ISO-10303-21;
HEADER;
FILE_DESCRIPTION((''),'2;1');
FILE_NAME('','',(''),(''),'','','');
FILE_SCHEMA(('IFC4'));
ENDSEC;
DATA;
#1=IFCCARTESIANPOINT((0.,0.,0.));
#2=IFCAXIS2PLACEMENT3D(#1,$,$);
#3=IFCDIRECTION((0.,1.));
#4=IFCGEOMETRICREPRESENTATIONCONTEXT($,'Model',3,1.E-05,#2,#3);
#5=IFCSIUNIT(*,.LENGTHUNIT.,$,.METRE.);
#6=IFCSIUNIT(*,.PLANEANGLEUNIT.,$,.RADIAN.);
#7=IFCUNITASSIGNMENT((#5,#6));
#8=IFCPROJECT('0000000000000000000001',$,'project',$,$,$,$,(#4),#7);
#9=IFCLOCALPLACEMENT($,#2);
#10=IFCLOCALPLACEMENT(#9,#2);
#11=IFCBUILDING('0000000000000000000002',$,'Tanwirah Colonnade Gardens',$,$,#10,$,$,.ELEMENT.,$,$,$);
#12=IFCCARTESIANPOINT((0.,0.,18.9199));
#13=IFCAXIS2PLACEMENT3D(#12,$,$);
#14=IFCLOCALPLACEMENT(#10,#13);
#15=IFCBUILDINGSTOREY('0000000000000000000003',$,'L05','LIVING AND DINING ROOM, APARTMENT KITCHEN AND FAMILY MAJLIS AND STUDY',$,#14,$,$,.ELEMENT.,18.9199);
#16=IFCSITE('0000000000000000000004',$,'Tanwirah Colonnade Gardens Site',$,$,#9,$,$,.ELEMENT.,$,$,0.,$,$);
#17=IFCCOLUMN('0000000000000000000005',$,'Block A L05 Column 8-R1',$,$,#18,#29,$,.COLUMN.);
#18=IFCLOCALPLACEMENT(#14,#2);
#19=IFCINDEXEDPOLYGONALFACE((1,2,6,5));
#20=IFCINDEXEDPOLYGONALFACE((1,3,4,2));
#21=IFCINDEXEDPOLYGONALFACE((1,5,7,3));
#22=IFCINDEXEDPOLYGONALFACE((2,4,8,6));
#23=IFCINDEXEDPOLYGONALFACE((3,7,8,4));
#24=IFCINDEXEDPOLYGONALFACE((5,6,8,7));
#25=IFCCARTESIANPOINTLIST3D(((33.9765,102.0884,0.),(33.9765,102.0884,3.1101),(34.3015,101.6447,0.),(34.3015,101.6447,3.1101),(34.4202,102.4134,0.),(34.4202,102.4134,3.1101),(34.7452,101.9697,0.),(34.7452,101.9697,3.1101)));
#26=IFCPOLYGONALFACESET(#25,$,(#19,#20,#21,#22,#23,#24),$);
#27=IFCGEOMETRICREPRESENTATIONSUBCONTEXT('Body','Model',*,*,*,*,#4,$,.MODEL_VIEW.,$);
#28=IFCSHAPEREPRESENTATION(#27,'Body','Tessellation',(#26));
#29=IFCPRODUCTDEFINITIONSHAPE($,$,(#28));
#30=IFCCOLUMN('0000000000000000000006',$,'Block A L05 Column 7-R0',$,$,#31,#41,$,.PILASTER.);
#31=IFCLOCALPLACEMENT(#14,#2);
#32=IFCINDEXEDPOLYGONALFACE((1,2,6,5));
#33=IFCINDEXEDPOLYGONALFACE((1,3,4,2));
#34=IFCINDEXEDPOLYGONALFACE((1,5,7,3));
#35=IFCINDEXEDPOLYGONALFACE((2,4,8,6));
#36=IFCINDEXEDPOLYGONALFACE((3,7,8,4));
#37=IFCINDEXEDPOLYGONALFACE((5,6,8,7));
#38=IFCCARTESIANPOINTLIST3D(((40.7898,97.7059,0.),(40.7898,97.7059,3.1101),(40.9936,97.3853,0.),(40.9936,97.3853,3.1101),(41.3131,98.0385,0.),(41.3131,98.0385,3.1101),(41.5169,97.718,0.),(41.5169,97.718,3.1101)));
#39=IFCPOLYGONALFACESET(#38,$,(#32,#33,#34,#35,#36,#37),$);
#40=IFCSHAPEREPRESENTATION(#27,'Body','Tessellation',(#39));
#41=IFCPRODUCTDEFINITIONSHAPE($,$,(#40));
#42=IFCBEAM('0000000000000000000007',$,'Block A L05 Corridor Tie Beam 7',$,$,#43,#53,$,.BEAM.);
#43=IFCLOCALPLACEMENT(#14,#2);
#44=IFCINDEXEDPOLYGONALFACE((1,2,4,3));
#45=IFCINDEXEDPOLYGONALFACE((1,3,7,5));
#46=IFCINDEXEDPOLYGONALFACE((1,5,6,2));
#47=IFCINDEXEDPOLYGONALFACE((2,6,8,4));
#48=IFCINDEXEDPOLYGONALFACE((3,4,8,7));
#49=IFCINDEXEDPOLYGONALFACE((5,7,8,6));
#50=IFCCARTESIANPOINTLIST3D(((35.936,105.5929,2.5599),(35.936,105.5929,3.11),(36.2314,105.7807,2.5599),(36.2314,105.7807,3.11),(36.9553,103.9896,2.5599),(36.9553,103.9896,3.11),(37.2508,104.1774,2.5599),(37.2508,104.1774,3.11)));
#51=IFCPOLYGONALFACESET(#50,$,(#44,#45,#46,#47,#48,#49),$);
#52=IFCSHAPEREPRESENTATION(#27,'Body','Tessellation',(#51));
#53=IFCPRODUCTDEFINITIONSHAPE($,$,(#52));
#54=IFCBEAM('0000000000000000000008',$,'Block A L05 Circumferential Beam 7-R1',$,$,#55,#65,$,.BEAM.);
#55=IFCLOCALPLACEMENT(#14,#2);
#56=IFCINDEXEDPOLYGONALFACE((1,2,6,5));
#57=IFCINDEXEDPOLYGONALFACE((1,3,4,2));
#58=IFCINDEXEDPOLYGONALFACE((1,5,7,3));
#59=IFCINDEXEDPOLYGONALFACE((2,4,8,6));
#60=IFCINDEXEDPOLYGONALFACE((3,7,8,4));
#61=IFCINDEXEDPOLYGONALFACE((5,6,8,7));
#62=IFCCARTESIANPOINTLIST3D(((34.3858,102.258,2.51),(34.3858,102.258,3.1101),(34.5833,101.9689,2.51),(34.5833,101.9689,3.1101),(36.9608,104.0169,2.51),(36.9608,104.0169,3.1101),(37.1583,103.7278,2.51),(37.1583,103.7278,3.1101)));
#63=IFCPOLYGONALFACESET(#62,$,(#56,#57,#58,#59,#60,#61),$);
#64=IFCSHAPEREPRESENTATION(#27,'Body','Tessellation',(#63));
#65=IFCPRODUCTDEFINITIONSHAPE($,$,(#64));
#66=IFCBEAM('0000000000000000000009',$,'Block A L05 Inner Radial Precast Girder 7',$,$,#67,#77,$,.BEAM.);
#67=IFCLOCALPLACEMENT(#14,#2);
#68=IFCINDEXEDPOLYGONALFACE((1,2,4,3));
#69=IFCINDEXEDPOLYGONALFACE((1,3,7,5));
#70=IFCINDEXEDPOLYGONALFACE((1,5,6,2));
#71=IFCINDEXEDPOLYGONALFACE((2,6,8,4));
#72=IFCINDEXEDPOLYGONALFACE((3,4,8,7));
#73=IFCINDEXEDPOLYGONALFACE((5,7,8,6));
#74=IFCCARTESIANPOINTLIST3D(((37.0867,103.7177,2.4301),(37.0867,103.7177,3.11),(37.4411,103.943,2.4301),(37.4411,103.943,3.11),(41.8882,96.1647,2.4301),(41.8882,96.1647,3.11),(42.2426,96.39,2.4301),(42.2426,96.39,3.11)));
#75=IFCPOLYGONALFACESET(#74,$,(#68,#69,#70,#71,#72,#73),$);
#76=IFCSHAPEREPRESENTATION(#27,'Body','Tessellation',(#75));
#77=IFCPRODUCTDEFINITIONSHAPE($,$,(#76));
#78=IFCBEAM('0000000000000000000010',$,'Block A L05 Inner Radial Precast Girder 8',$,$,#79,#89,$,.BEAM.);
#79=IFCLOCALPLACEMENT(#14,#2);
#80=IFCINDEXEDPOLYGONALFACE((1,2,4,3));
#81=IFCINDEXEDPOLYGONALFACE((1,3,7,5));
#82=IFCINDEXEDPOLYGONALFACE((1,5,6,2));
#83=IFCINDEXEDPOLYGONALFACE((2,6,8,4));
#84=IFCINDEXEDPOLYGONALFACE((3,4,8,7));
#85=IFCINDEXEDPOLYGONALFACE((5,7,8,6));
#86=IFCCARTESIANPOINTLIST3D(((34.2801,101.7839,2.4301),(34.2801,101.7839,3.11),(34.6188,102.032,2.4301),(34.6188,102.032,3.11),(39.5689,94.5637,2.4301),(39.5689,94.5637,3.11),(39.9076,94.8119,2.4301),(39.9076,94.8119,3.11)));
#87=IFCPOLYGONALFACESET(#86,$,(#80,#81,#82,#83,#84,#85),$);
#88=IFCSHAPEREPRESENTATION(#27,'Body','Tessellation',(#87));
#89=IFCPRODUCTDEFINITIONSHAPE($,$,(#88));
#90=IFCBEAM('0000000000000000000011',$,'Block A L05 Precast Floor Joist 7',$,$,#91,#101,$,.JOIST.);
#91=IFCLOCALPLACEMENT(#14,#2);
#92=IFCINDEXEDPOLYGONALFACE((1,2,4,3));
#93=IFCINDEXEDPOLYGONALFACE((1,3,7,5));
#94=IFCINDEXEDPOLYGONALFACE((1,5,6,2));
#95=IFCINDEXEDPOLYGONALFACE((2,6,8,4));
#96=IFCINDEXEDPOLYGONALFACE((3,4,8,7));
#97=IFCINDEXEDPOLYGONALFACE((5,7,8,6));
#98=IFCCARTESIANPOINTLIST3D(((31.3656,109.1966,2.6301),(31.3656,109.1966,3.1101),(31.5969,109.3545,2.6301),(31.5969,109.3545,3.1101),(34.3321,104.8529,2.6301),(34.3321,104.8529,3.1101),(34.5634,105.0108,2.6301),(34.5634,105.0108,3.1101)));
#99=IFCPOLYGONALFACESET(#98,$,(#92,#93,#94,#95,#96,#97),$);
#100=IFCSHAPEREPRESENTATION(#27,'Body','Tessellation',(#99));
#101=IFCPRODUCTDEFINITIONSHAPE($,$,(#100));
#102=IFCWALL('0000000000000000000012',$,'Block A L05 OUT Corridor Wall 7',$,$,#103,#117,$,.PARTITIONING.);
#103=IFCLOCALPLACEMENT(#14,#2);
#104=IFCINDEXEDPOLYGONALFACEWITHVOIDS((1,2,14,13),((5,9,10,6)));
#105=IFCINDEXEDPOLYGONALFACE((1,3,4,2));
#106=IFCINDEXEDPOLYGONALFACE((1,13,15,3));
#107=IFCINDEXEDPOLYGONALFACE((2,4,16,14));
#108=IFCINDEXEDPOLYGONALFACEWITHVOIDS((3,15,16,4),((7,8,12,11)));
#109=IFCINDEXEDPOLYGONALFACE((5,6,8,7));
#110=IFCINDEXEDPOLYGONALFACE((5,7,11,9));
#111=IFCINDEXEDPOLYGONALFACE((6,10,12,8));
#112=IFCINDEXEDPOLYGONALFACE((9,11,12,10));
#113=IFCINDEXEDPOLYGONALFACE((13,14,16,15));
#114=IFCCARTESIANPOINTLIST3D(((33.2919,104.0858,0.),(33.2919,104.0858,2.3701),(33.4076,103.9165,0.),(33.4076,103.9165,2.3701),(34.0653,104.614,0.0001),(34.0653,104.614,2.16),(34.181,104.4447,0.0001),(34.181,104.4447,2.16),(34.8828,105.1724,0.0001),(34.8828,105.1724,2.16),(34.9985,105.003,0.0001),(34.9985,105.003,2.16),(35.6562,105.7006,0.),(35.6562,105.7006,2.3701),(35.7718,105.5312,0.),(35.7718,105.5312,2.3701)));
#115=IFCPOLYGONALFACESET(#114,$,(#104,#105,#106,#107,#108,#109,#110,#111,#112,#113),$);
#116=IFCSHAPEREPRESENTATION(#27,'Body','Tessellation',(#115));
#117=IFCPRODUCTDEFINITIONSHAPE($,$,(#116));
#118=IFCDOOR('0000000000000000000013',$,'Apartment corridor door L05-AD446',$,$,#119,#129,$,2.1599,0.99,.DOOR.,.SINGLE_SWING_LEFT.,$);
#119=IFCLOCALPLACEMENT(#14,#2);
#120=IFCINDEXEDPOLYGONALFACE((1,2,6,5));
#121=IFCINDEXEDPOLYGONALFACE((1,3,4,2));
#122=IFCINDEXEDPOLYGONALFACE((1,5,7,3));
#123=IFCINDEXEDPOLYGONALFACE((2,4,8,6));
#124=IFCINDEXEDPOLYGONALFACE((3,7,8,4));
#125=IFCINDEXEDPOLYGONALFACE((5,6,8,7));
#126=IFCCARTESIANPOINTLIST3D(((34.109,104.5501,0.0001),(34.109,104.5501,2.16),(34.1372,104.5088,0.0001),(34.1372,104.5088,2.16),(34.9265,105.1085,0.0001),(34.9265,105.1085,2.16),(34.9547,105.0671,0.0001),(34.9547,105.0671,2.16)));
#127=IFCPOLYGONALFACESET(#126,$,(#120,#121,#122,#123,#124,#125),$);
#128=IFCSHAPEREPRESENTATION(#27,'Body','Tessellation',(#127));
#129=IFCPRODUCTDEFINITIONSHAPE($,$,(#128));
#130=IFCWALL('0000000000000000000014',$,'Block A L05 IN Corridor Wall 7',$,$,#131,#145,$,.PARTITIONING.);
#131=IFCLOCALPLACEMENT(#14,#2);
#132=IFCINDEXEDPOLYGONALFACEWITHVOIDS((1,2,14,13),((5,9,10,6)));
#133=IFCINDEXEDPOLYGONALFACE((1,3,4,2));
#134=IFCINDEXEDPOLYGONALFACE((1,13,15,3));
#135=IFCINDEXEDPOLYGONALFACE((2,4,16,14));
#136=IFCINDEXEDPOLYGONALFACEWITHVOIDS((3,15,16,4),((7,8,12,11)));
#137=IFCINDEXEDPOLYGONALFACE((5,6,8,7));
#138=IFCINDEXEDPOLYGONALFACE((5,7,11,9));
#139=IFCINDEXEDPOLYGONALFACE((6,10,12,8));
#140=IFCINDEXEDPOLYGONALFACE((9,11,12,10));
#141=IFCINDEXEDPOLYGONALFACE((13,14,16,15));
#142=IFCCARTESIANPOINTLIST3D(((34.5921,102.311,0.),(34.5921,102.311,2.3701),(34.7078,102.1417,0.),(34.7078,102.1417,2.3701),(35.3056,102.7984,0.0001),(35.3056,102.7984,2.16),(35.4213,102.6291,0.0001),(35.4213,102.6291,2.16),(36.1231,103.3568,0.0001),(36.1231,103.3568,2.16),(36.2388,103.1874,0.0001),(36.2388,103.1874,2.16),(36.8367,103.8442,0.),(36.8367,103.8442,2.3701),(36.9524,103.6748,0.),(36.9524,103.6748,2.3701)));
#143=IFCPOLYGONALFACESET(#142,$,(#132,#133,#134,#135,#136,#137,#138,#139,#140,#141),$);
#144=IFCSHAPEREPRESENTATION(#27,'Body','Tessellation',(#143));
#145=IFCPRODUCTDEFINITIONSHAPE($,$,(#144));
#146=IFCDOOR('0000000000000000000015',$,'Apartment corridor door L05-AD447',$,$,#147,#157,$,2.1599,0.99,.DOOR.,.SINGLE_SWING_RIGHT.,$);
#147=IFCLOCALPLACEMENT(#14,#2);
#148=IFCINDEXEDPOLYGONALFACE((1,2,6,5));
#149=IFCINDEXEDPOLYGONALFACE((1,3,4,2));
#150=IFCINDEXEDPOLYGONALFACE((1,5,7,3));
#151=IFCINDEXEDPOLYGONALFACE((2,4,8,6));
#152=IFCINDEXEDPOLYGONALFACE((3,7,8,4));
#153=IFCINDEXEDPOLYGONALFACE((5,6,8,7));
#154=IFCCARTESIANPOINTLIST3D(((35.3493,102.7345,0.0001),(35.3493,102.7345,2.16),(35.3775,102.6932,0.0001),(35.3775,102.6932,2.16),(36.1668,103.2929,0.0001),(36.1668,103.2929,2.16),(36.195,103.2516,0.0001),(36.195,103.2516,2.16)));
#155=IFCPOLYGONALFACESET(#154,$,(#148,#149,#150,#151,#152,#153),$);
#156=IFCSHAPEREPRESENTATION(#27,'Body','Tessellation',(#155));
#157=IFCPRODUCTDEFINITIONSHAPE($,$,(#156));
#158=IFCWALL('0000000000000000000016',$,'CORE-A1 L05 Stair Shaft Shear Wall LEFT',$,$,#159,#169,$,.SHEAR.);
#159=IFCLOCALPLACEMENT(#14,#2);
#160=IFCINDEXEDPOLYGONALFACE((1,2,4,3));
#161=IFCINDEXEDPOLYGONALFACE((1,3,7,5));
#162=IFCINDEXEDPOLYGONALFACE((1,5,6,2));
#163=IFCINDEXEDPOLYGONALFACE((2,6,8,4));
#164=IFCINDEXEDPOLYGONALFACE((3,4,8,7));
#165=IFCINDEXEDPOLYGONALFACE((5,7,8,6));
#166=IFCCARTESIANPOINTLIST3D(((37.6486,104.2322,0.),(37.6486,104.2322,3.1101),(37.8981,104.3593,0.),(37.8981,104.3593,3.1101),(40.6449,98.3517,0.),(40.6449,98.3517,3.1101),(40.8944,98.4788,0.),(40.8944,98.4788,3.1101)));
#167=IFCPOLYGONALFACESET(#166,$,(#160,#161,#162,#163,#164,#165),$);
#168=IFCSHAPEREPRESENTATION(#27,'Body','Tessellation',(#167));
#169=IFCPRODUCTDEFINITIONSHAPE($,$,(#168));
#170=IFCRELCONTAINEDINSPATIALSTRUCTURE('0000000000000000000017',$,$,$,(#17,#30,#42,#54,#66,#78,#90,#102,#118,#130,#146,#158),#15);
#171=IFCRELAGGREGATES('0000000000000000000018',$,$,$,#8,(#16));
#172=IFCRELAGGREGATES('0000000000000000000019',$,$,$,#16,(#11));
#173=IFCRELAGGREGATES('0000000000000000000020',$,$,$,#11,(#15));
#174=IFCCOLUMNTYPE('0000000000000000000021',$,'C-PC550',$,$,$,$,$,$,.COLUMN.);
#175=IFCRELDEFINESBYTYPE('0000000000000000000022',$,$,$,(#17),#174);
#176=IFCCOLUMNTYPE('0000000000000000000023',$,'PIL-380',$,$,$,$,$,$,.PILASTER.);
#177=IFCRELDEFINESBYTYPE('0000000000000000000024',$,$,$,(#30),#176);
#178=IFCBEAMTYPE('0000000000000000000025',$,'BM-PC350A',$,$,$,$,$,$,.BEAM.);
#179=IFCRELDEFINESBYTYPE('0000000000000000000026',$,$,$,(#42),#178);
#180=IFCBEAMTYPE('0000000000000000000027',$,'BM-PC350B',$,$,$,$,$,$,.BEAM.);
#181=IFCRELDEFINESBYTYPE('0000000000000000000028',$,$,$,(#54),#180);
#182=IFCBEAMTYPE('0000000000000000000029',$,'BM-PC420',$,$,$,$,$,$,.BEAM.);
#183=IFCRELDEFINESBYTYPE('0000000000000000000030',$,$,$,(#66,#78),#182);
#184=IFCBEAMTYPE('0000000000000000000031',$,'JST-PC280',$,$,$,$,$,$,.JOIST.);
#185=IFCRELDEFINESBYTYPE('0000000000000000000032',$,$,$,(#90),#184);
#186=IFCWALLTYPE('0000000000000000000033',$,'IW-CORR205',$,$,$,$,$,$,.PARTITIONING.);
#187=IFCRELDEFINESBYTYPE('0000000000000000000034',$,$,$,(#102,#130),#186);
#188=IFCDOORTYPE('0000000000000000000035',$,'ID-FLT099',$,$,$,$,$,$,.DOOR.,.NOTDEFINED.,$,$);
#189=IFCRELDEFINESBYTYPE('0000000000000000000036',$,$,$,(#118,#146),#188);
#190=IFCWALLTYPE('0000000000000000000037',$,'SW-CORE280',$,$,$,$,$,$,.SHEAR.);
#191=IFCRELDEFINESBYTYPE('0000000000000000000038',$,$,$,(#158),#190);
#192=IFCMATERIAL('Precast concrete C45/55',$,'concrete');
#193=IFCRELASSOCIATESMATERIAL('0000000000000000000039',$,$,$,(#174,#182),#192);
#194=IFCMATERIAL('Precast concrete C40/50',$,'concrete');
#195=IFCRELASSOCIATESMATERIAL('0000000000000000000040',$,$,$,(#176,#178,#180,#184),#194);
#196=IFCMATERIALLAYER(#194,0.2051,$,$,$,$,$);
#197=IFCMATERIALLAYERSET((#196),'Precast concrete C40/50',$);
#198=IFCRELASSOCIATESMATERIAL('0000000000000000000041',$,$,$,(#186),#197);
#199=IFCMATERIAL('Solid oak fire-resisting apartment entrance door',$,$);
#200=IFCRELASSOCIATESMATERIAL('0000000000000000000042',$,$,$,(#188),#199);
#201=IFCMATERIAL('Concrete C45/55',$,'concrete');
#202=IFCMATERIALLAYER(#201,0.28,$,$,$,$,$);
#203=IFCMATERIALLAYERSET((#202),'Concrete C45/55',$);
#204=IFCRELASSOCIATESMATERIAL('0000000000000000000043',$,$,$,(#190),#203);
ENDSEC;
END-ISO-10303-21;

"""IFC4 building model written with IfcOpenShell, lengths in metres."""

from ifc_helpers import new_model, si_unit, direction, frame, frame_2d, origin, origin_2d, place, context, subcontext, project, spatial, rectangle, extrude, material, layer, layer_set, material_profile, profile_set, type_object, element, fill, save


model = new_model("IFC4")

# Units and contexts
model_context = context("Model", 3, precision=1e-05, world=origin(), true_north=direction((0.0, 1.0)))
body_context = subcontext(model_context, "Body", "Model", "MODEL_VIEW")
ifc_project = project(units=[si_unit("LENGTHUNIT", "METRE"), si_unit("PLANEANGLEUNIT", "RADIAN")], contexts=[model_context])

# Site, building, storey
site_placement = place(None, origin())
site = spatial("IfcSite", under=ifc_project, at=site_placement, Name="Tanwirah Colonnade Gardens Site", CompositionType="ELEMENT", RefElevation=0.0)
building_placement = place(site_placement, origin())
building = spatial("IfcBuilding", under=site, at=building_placement, Name="Tanwirah Colonnade Gardens", CompositionType="ELEMENT")
storey_placement = place(building_placement, frame((0.0, 0.0, 18.9199)))
storey = spatial("IfcBuildingStorey", under=building, at=storey_placement, Name="L05", Description="LIVING AND DINING ROOM, APARTMENT KITCHEN AND FAMILY MAJLIS AND STUDY", CompositionType="ELEMENT", Elevation=18.9199)

# Columns
ifc_material_1 = material(Name="Precast concrete C45/55", Category="concrete")
ifc_material_profile_1 = material_profile(ifc_material_1, rectangle(XDim=0.55, YDim=0.55, at=origin_2d()), Name="PC-COL 550x550")
ifc_profile_set_1 = profile_set([ifc_material_profile_1], Name="Precast concrete C45/55")
column_type_1 = type_object("IfcColumnType", Name="C-PC550", PredefinedType="COLUMN", material=ifc_profile_set_1)
column_1_placement = place(storey_placement, frame((34.3608, 102.0291, 0.0), z_axis=(0.0, 0.0, 1.0), x_axis=(-0.590919, 0.806731, 0.0)))
element("IfcColumn", 1, at=column_1_placement, inside=storey, type_object=column_type_1, Name="Block A L05 Column 8-R1", PredefinedType="COLUMN", context=body_context, shape_type="SweptSolid", body=[
    extrude(rectangle(XDim=0.55, YDim=0.55, at=origin_2d()), origin(), (0.0, 0.0, 1.0), 3.1101),
])
ifc_material_2 = material(Name="Precast concrete C40/50", Category="concrete")
ifc_material_profile_2 = material_profile(ifc_material_2, rectangle(XDim=0.3799, YDim=0.6201, at=origin_2d()), Name="PC-PIL 380x620")
ifc_profile_set_2 = profile_set([ifc_material_profile_2], Name="Precast concrete C40/50")
column_type_2 = type_object("IfcColumnType", Name="PIL-380", PredefinedType="PILASTER", material=ifc_profile_set_2)
column_2_placement = place(storey_placement, frame((41.1533, 97.7119, 0.0), z_axis=(0.0, 0.0, 1.0), x_axis=(-0.536482, 0.843912, 0.0)))
element("IfcColumn", 2, at=column_2_placement, inside=storey, type_object=column_type_2, Name="Block A L05 Column 7-R0", PredefinedType="PILASTER", context=body_context, shape_type="SweptSolid", body=[
    extrude(rectangle(XDim=0.3799, YDim=0.6201, at=origin_2d()), origin(), (0.0, 0.0, 1.0), 3.1101),
])

# Beams
ifc_material_profile_3 = material_profile(ifc_material_2, rectangle(XDim=0.3501, YDim=0.55, at=origin_2d()), Name="PC-BM 350x550")
ifc_profile_set_3 = profile_set([ifc_material_profile_3], Name="Precast concrete C40/50")
beam_type_1 = type_object("IfcBeamType", Name="BM-PC350A", PredefinedType="BEAM", material=ifc_profile_set_3)
beam_1_placement = place(storey_placement, frame((37.103, 104.0835, 2.835), z_axis=(-0.53651, 0.843894, 0.0), x_axis=(-0.843894, -0.53651, 0.0)))
element("IfcBeam", 3, at=beam_1_placement, inside=storey, type_object=beam_type_1, Name="Block A L05 Corridor Tie Beam 7", PredefinedType="BEAM", context=body_context, shape_type="SweptSolid", body=[
    extrude(rectangle(XDim=0.3501, YDim=0.55, at=origin_2d()), origin(), (0.0, 0.0, 1.0), 1.8999),
])
ifc_material_profile_4 = material_profile(ifc_material_2, rectangle(XDim=0.3501, YDim=0.6001, at=origin_2d()), Name="PC-BM 350x600")
ifc_profile_set_4 = profile_set([ifc_material_profile_4], Name="Precast concrete C40/50")
beam_type_2 = type_object("IfcBeamType", Name="BM-PC350B", PredefinedType="BEAM", material=ifc_profile_set_4)
beam_2_placement = place(storey_placement, frame((37.0596, 103.8723, 2.8101), z_axis=(-0.825758, -0.564024, 0.0), x_axis=(0.564024, -0.825758, 0.0)))
element("IfcBeam", 4, at=beam_2_placement, inside=storey, type_object=beam_type_2, Name="Block A L05 Circumferential Beam 7-R1", PredefinedType="BEAM", context=body_context, shape_type="SweptSolid", body=[
    extrude(rectangle(XDim=0.3501, YDim=0.6001, at=origin_2d()), origin(), (0.0, 0.0, 1.0), 3.1184),
])
ifc_material_profile_5 = material_profile(ifc_material_1, rectangle(XDim=0.4199, YDim=0.6799, at=origin_2d()), Name="PC-BM 420x680")
ifc_profile_set_5 = profile_set([ifc_material_profile_5], Name="Precast concrete C45/55")
beam_type_3 = type_object("IfcBeamType", Name="BM-PC420", PredefinedType="BEAM", material=ifc_profile_set_5)
for number, where, z_axis, x_axis, name in (
    (5, (37.2639, 103.8303, 2.77), (0.536484, -0.843911, 0.0), (0.843911, 0.536484, 0.0), "Block A L05 Inner Radial Precast Girder 7"),
    (6, (34.4495, 101.908, 2.77), (0.590927, -0.806725, 0.0), (0.806725, 0.590927, 0.0), "Block A L05 Inner Radial Precast Girder 8"),
):
    element("IfcBeam", number, at=place(storey_placement, frame(where, z_axis=z_axis, x_axis=x_axis)), inside=storey, type_object=beam_type_3, Name=name, PredefinedType="BEAM", context=body_context, shape_type="SweptSolid", body=[
        extrude(rectangle(XDim=0.4199, YDim=0.6799, at=origin_2d()), origin(), (0.0, 0.0, 1.0), 8.95),
    ])
ifc_material_profile_6 = material_profile(ifc_material_2, rectangle(XDim=0.28, YDim=0.48, at=origin_2d()), Name="PC-JST 280x480")
ifc_profile_set_6 = profile_set([ifc_material_profile_6], Name="Precast concrete C40/50")
beam_type_4 = type_object("IfcBeamType", Name="JST-PC280", PredefinedType="JOIST", material=ifc_profile_set_6)
beam_3_placement = place(storey_placement, frame((34.4478, 104.9319, 2.8701), z_axis=(-0.563973, 0.825793, 0.0), x_axis=(-0.825793, -0.563973, 0.0)))
element("IfcBeam", 7, at=beam_3_placement, inside=storey, type_object=beam_type_4, Name="Block A L05 Precast Floor Joist 7", PredefinedType="JOIST", context=body_context, shape_type="SweptSolid", body=[
    extrude(rectangle(XDim=0.28, YDim=0.48, at=origin_2d()), origin(), (0.0, 0.0, 1.0), 5.26),
])

# Walls, openings, doors
ifc_layer_1 = layer(ifc_material_2, 0.2051)
ifc_layer_set_1 = layer_set([ifc_layer_1], Name="Precast concrete C40/50")
wall_type_1 = type_object("IfcWallType", Name="IW-CORR205", PredefinedType="PARTITIONING", material=ifc_layer_set_1)
wall_1_placement = place(storey_placement, frame((35.7141, 105.616, 0.0), z_axis=(0.0, 0.0, 1.0), x_axis=(-0.82578, -0.563993, 0.0)))
wall_1 = element("IfcWall", 8, at=wall_1_placement, inside=storey, type_object=wall_type_1, Name="Block A L05 OUT Corridor Wall 7", PredefinedType="PARTITIONING", context=body_context, shape_type="SweptSolid", body=[
    extrude(rectangle(XDim=2.863, YDim=0.2051, at=frame_2d((1.4316, 0.0))), origin(), (0.0, 0.0, 1.0), 2.3701),
])
opening_1_placement = place(wall_1_placement, frame((0.9365, 0.0, 0.0)))
opening_1 = element("IfcOpeningElement", 9, at=opening_1_placement, cuts=wall_1, PredefinedType="OPENING", context=body_context, shape_type="SweptSolid", body=[
    extrude(rectangle(XDim=0.99, YDim=2.1599, at=frame_2d((0.4951, 1.0801))), frame((0.0, 0.1125, 0.0), z_axis=(0.0, -1.0, 0.0), x_axis=(1.0, 0.0, 0.0)), (0.0, 0.0, 1.0), 0.2251),
])
ifc_material_3 = material(Name="Solid oak fire-resisting apartment entrance door")
door_type = type_object("IfcDoorType", Name="ID-FLT099", OperationType="NOTDEFINED", PredefinedType="DOOR", material=ifc_material_3)
door_1_placement = place(opening_1_placement, origin())
door_1 = element("IfcDoor", 10, at=door_1_placement, inside=storey, type_object=door_type, Name="Apartment corridor door L05-AD446", OperationType="SINGLE_SWING_LEFT", OverallHeight=2.1599, OverallWidth=0.99, PredefinedType="DOOR", context=body_context, shape_type="SweptSolid", body=[
    extrude(rectangle(XDim=0.99, YDim=2.1599, at=frame_2d((0.4951, 1.0801))), frame((0.0, 0.0249, 0.0), z_axis=(0.0, -1.0, 0.0), x_axis=(1.0, 0.0, 0.0)), (0.0, 0.0, 1.0), 0.05),
])
fill(opening_1, door_1)
wall_2_placement = place(storey_placement, frame((36.8945, 103.7595, 0.0), z_axis=(0.0, 0.0, 1.0), x_axis=(-0.825752, -0.564033, 0.0)))
wall_2 = element("IfcWall", 11, at=wall_2_placement, inside=storey, type_object=wall_type_1, Name="Block A L05 IN Corridor Wall 7", PredefinedType="PARTITIONING", context=body_context, shape_type="SweptSolid", body=[
    extrude(rectangle(XDim=2.7183, YDim=0.2051, at=frame_2d((1.3591, 0.0))), origin(), (0.0, 0.0, 1.0), 2.3701),
])
opening_2_placement = place(wall_2_placement, frame((0.864, 0.0, 0.0)))
opening_2 = element("IfcOpeningElement", 12, at=opening_2_placement, cuts=wall_2, PredefinedType="OPENING", context=body_context, shape_type="SweptSolid", body=[
    extrude(rectangle(XDim=0.99, YDim=2.1599, at=frame_2d((0.4951, 1.0801))), frame((0.0, 0.1125, 0.0), z_axis=(0.0, -1.0, 0.0), x_axis=(1.0, 0.0, 0.0)), (0.0, 0.0, 1.0), 0.2251),
])
door_2_placement = place(opening_2_placement, origin())
door_2 = element("IfcDoor", 13, at=door_2_placement, inside=storey, type_object=door_type, Name="Apartment corridor door L05-AD447", OperationType="SINGLE_SWING_RIGHT", OverallHeight=2.1599, OverallWidth=0.99, PredefinedType="DOOR", context=body_context, shape_type="SweptSolid", body=[
    extrude(rectangle(XDim=0.99, YDim=2.1599, at=frame_2d((0.4951, 1.0801))), frame((0.0, 0.0249, 0.0), z_axis=(0.0, -1.0, 0.0), x_axis=(1.0, 0.0, 0.0)), (0.0, 0.0, 1.0), 0.05),
])
fill(opening_2, door_2)

# Wall
ifc_material_4 = material(Name="Concrete C45/55", Category="concrete")
ifc_layer_2 = layer(ifc_material_4, 0.28)
ifc_layer_set_2 = layer_set([ifc_layer_2], Name="Concrete C45/55")
wall_type_2 = type_object("IfcWallType", Name="SW-CORE280", PredefinedType="SHEAR", material=ifc_layer_set_2)
wall_3_placement = place(storey_placement, frame((37.7734, 104.2957, 0.0), z_axis=(0.0, 0.0, 1.0), x_axis=(0.453992, -0.891006, 0.0)))
element("IfcWall", 14, at=wall_3_placement, inside=storey, type_object=wall_type_2, Name="CORE-A1 L05 Stair Shaft Shear Wall LEFT", PredefinedType="SHEAR", context=body_context, shape_type="SweptSolid", body=[
    extrude(rectangle(XDim=6.5999, YDim=0.28, at=frame_2d((3.2998, 0.0))), origin(), (0.0, 0.0, 1.0), 3.1101),
])

save(model, "model.ifc")
